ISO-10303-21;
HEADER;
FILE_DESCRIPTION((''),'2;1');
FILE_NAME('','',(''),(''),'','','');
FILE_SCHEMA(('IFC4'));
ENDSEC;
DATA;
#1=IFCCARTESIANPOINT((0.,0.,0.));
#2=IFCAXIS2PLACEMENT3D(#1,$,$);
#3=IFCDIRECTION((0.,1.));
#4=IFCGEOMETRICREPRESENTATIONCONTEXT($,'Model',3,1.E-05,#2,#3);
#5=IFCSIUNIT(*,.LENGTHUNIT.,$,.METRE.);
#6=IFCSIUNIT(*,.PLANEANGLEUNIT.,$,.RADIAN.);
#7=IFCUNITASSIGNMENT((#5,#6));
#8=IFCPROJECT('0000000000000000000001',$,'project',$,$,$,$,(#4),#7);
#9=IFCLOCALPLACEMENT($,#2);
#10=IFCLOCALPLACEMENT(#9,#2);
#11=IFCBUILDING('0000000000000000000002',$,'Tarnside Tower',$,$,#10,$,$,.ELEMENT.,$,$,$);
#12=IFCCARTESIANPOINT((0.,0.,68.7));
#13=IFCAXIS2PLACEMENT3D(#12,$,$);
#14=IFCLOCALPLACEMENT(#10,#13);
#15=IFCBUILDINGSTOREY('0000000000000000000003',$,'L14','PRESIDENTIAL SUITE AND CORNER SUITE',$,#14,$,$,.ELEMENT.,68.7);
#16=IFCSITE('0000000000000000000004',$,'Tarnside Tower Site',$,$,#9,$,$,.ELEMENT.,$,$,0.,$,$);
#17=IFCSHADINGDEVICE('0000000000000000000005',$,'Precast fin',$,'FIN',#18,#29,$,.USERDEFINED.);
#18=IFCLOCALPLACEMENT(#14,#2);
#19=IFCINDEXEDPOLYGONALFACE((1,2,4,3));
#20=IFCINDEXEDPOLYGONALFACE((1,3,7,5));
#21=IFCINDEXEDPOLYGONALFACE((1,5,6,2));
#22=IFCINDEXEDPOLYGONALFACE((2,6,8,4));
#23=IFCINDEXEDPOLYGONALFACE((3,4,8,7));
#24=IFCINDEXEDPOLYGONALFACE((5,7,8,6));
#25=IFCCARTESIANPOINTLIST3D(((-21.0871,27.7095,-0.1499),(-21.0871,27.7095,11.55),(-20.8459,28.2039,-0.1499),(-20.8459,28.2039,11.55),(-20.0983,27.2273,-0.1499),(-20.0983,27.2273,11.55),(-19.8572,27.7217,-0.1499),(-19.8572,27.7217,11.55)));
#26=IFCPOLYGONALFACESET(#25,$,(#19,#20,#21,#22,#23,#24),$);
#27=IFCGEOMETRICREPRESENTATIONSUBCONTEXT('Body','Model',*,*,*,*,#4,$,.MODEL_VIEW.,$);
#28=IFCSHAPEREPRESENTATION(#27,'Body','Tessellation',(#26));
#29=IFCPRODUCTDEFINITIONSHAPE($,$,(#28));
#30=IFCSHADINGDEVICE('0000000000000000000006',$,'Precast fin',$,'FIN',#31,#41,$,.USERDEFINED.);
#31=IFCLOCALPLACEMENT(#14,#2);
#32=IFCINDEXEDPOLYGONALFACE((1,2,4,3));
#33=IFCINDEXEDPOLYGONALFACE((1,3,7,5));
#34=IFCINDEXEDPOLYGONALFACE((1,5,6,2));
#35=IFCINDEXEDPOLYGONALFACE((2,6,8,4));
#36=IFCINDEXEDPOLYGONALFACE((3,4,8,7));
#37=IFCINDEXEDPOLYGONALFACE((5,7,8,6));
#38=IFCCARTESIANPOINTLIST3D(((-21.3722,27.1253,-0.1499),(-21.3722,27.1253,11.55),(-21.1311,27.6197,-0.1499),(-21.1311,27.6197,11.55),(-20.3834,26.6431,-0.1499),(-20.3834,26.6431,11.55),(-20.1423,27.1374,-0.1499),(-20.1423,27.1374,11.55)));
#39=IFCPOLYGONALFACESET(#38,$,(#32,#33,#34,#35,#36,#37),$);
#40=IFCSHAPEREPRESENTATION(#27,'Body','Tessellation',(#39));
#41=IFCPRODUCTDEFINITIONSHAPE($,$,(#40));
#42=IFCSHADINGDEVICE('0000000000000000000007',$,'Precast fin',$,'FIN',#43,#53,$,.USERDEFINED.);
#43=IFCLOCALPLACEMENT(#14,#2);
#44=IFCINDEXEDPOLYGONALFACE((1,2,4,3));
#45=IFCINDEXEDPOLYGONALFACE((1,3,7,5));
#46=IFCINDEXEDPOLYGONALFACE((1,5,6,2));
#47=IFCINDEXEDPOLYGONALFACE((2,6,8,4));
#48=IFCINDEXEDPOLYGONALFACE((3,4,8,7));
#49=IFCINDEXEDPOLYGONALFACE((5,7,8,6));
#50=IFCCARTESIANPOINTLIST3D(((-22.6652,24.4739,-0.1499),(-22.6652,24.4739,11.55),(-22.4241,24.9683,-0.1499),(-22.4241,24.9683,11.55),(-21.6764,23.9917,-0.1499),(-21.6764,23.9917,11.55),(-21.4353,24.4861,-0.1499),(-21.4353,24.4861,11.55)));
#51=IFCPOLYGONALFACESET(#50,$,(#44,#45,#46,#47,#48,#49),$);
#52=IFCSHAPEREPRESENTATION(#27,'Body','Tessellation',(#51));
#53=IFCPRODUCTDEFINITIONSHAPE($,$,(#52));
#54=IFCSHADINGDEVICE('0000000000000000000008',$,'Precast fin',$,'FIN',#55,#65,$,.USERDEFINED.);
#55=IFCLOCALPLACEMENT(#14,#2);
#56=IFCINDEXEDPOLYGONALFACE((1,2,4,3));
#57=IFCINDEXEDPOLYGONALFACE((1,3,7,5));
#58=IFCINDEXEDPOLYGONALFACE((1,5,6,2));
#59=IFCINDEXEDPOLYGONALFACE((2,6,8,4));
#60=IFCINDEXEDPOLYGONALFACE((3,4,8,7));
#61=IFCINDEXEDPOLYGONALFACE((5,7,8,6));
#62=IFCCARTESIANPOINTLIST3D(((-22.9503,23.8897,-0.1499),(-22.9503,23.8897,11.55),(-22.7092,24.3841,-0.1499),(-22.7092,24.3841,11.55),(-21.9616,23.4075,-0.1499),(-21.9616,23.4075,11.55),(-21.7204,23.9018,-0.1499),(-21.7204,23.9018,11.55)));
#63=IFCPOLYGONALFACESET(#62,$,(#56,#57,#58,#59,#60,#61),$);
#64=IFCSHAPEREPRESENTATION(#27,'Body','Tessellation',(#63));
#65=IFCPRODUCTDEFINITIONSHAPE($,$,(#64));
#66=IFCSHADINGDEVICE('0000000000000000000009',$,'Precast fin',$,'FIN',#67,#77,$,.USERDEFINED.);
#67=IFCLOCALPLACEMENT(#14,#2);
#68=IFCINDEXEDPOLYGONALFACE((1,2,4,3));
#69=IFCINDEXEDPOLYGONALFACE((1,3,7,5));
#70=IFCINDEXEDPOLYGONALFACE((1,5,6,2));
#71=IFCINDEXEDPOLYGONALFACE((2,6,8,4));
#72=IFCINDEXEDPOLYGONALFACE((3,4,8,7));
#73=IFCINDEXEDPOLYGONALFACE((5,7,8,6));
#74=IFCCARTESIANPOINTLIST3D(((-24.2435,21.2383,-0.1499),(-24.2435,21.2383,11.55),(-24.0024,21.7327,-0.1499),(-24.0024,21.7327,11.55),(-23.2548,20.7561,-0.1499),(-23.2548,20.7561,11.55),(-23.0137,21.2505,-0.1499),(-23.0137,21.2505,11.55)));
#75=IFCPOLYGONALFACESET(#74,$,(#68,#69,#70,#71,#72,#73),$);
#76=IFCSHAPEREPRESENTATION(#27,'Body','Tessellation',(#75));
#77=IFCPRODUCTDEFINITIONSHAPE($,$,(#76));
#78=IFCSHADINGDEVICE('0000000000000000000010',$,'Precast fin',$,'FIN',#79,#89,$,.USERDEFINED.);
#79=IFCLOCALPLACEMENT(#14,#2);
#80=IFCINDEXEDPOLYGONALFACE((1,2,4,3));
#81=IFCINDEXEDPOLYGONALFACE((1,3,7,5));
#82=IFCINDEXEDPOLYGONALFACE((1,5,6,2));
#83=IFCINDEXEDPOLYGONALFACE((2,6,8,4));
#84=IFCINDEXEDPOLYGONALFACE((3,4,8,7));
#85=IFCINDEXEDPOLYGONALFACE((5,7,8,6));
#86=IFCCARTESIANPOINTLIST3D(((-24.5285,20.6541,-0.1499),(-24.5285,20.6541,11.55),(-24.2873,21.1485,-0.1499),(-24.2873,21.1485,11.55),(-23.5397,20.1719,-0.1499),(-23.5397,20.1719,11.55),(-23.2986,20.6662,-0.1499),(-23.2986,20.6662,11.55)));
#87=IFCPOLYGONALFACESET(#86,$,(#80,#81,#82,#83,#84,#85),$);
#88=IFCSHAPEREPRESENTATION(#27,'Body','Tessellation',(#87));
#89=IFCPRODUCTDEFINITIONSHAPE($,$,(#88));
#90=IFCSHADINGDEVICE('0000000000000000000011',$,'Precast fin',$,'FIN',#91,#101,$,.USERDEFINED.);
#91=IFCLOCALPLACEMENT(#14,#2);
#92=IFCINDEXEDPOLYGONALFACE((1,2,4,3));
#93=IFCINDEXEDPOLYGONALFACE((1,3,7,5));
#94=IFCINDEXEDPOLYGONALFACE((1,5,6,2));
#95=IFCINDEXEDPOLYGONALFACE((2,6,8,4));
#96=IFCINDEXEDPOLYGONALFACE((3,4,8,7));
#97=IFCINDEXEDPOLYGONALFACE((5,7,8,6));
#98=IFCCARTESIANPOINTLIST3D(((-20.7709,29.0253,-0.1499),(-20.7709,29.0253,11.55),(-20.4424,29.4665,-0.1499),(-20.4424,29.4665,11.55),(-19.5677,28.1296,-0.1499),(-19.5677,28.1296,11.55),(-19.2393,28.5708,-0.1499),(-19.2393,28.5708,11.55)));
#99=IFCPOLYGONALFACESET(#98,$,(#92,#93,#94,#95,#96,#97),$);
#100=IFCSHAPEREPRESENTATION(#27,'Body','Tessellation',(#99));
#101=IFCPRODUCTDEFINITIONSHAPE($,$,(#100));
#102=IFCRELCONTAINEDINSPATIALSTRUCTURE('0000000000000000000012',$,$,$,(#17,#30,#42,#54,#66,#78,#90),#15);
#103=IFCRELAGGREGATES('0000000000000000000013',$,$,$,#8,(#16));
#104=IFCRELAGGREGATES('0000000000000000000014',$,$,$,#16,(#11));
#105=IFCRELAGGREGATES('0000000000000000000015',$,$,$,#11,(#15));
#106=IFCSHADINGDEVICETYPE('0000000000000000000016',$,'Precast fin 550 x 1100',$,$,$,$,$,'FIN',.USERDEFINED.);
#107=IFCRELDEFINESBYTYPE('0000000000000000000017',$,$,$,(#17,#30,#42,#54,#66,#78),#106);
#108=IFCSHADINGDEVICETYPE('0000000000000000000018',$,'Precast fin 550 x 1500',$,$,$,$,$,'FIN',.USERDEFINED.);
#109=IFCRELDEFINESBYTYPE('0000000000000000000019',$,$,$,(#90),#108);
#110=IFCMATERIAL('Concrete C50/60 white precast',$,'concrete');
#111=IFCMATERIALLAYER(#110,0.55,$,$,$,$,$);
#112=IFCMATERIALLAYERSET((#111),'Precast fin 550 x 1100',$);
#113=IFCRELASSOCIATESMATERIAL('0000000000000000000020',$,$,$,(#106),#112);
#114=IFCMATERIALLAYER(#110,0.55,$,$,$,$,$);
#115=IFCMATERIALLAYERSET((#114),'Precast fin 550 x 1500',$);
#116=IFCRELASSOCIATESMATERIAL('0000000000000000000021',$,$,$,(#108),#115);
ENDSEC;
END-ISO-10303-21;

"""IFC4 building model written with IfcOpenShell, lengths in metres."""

from ifc_helpers import new_model, si_unit, direction, frame, origin, place, context, subcontext, project, spatial, polyline, outline, extrude, material, layer, layer_set, type_object, element, save


model = new_model("IFC4")

# Units and contexts
model_context = context("Model", 3, precision=1e-05, world=origin(), true_north=direction((0.0, 1.0)))
body_context = subcontext(model_context, "Body", "Model", "MODEL_VIEW")
ifc_project = project(units=[si_unit("LENGTHUNIT", "METRE"), si_unit("PLANEANGLEUNIT", "RADIAN")], contexts=[model_context])

# Site, building, storey
site_placement = place(None, origin())
site = spatial("IfcSite", under=ifc_project, at=site_placement, Name="Tarnside Tower Site", CompositionType="ELEMENT", RefElevation=0.0)
building_placement = place(site_placement, origin())
building = spatial("IfcBuilding", under=site, at=building_placement, Name="Tarnside Tower", CompositionType="ELEMENT")
storey_placement = place(building_placement, frame((0.0, 0.0, 68.7)))
storey = spatial("IfcBuildingStorey", under=building, at=storey_placement, Name="L14", Description="PRESIDENTIAL SUITE AND CORNER SUITE", CompositionType="ELEMENT", Elevation=68.7)

# Shading devices
ifc_material_1 = material(Name="Concrete C50/60 white precast", Category="concrete")
ifc_layer_1 = layer(ifc_material_1, 0.55)
ifc_layer_set_1 = layer_set([ifc_layer_1], Name="Precast fin 550 x 1100")
shading_device_type_1 = type_object("IfcShadingDeviceType", Name="Precast fin 550 x 1100", ElementType="FIN", PredefinedType="USERDEFINED", material=ifc_layer_set_1)
for number, where, z_axis, x_axis, name in (
    (1, (-19.9778, 27.4744, -0.1499), (0.438371, 0.898794, 0.0), (-0.898794, 0.438371, 0.0), "Precast fin"),
    (2, (-20.2629, 26.8901, -0.1499), (0.438371, 0.898794, 0.0), (-0.898794, 0.438371, 0.0), "Precast fin"),
    (3, (-21.5559, 24.2388, -0.1499), (0.438371, 0.898794, 0.0), (-0.898794, 0.438371, 0.0), "Precast fin"),
    (4, (-21.8411, 23.6545, -0.1499), (0.438371, 0.898794, 0.0), (-0.898794, 0.438371, 0.0), "Precast fin"),
    (5, (-23.1343, 21.0032, -0.1499), (0.438371, 0.898794, 0.0), (-0.898794, 0.438371, 0.0), "Precast fin"),
    (6, (-23.4192, 20.4189, -0.1499), (0.438371, 0.898794, 0.0), (-0.898794, 0.438371, 0.0), "Precast fin"),
):
    element("IfcShadingDevice", number, at=place(storey_placement, frame(where, z_axis=z_axis, x_axis=x_axis)), inside=storey, type_object=shading_device_type_1, Name=name, ObjectType="FIN", PredefinedType="USERDEFINED", context=body_context, shape_type="SweptSolid", body=[
        extrude(outline(polyline([(0.0, 0.0), (1.1001, 0.0), (1.1001, 11.7), (0.0, 11.7), (0.0, 0.0)])), frame((0.0, 0.0, -0.2749)), (0.0, 0.0, 1.0), 0.55),
    ])
ifc_layer_2 = layer(ifc_material_1, 0.55)
ifc_layer_set_2 = layer_set([ifc_layer_2], Name="Precast fin 550 x 1500")
shading_device_type_2 = type_object("IfcShadingDeviceType", Name="Precast fin 550 x 1500", ElementType="FIN", PredefinedType="USERDEFINED", material=ifc_layer_set_2)
shading_device_placement = place(storey_placement, frame((-19.4036, 28.3501, -0.1499), z_axis=(0.597159, 0.802123, 0.0), x_axis=(-0.802123, 0.597159, 0.0)))
element("IfcShadingDevice", 7, at=shading_device_placement, inside=storey, type_object=shading_device_type_2, Name="Precast fin", ObjectType="FIN", PredefinedType="USERDEFINED", context=body_context, shape_type="SweptSolid", body=[
    extrude(outline(polyline([(0.0, 0.0), (1.5, 0.0), (1.5, 11.7), (0.0, 11.7), (0.0, 0.0)])), frame((0.0, 0.0, -0.2749)), (0.0, 0.0, 1.0), 0.55),
])

save(model, "model.ifc")
